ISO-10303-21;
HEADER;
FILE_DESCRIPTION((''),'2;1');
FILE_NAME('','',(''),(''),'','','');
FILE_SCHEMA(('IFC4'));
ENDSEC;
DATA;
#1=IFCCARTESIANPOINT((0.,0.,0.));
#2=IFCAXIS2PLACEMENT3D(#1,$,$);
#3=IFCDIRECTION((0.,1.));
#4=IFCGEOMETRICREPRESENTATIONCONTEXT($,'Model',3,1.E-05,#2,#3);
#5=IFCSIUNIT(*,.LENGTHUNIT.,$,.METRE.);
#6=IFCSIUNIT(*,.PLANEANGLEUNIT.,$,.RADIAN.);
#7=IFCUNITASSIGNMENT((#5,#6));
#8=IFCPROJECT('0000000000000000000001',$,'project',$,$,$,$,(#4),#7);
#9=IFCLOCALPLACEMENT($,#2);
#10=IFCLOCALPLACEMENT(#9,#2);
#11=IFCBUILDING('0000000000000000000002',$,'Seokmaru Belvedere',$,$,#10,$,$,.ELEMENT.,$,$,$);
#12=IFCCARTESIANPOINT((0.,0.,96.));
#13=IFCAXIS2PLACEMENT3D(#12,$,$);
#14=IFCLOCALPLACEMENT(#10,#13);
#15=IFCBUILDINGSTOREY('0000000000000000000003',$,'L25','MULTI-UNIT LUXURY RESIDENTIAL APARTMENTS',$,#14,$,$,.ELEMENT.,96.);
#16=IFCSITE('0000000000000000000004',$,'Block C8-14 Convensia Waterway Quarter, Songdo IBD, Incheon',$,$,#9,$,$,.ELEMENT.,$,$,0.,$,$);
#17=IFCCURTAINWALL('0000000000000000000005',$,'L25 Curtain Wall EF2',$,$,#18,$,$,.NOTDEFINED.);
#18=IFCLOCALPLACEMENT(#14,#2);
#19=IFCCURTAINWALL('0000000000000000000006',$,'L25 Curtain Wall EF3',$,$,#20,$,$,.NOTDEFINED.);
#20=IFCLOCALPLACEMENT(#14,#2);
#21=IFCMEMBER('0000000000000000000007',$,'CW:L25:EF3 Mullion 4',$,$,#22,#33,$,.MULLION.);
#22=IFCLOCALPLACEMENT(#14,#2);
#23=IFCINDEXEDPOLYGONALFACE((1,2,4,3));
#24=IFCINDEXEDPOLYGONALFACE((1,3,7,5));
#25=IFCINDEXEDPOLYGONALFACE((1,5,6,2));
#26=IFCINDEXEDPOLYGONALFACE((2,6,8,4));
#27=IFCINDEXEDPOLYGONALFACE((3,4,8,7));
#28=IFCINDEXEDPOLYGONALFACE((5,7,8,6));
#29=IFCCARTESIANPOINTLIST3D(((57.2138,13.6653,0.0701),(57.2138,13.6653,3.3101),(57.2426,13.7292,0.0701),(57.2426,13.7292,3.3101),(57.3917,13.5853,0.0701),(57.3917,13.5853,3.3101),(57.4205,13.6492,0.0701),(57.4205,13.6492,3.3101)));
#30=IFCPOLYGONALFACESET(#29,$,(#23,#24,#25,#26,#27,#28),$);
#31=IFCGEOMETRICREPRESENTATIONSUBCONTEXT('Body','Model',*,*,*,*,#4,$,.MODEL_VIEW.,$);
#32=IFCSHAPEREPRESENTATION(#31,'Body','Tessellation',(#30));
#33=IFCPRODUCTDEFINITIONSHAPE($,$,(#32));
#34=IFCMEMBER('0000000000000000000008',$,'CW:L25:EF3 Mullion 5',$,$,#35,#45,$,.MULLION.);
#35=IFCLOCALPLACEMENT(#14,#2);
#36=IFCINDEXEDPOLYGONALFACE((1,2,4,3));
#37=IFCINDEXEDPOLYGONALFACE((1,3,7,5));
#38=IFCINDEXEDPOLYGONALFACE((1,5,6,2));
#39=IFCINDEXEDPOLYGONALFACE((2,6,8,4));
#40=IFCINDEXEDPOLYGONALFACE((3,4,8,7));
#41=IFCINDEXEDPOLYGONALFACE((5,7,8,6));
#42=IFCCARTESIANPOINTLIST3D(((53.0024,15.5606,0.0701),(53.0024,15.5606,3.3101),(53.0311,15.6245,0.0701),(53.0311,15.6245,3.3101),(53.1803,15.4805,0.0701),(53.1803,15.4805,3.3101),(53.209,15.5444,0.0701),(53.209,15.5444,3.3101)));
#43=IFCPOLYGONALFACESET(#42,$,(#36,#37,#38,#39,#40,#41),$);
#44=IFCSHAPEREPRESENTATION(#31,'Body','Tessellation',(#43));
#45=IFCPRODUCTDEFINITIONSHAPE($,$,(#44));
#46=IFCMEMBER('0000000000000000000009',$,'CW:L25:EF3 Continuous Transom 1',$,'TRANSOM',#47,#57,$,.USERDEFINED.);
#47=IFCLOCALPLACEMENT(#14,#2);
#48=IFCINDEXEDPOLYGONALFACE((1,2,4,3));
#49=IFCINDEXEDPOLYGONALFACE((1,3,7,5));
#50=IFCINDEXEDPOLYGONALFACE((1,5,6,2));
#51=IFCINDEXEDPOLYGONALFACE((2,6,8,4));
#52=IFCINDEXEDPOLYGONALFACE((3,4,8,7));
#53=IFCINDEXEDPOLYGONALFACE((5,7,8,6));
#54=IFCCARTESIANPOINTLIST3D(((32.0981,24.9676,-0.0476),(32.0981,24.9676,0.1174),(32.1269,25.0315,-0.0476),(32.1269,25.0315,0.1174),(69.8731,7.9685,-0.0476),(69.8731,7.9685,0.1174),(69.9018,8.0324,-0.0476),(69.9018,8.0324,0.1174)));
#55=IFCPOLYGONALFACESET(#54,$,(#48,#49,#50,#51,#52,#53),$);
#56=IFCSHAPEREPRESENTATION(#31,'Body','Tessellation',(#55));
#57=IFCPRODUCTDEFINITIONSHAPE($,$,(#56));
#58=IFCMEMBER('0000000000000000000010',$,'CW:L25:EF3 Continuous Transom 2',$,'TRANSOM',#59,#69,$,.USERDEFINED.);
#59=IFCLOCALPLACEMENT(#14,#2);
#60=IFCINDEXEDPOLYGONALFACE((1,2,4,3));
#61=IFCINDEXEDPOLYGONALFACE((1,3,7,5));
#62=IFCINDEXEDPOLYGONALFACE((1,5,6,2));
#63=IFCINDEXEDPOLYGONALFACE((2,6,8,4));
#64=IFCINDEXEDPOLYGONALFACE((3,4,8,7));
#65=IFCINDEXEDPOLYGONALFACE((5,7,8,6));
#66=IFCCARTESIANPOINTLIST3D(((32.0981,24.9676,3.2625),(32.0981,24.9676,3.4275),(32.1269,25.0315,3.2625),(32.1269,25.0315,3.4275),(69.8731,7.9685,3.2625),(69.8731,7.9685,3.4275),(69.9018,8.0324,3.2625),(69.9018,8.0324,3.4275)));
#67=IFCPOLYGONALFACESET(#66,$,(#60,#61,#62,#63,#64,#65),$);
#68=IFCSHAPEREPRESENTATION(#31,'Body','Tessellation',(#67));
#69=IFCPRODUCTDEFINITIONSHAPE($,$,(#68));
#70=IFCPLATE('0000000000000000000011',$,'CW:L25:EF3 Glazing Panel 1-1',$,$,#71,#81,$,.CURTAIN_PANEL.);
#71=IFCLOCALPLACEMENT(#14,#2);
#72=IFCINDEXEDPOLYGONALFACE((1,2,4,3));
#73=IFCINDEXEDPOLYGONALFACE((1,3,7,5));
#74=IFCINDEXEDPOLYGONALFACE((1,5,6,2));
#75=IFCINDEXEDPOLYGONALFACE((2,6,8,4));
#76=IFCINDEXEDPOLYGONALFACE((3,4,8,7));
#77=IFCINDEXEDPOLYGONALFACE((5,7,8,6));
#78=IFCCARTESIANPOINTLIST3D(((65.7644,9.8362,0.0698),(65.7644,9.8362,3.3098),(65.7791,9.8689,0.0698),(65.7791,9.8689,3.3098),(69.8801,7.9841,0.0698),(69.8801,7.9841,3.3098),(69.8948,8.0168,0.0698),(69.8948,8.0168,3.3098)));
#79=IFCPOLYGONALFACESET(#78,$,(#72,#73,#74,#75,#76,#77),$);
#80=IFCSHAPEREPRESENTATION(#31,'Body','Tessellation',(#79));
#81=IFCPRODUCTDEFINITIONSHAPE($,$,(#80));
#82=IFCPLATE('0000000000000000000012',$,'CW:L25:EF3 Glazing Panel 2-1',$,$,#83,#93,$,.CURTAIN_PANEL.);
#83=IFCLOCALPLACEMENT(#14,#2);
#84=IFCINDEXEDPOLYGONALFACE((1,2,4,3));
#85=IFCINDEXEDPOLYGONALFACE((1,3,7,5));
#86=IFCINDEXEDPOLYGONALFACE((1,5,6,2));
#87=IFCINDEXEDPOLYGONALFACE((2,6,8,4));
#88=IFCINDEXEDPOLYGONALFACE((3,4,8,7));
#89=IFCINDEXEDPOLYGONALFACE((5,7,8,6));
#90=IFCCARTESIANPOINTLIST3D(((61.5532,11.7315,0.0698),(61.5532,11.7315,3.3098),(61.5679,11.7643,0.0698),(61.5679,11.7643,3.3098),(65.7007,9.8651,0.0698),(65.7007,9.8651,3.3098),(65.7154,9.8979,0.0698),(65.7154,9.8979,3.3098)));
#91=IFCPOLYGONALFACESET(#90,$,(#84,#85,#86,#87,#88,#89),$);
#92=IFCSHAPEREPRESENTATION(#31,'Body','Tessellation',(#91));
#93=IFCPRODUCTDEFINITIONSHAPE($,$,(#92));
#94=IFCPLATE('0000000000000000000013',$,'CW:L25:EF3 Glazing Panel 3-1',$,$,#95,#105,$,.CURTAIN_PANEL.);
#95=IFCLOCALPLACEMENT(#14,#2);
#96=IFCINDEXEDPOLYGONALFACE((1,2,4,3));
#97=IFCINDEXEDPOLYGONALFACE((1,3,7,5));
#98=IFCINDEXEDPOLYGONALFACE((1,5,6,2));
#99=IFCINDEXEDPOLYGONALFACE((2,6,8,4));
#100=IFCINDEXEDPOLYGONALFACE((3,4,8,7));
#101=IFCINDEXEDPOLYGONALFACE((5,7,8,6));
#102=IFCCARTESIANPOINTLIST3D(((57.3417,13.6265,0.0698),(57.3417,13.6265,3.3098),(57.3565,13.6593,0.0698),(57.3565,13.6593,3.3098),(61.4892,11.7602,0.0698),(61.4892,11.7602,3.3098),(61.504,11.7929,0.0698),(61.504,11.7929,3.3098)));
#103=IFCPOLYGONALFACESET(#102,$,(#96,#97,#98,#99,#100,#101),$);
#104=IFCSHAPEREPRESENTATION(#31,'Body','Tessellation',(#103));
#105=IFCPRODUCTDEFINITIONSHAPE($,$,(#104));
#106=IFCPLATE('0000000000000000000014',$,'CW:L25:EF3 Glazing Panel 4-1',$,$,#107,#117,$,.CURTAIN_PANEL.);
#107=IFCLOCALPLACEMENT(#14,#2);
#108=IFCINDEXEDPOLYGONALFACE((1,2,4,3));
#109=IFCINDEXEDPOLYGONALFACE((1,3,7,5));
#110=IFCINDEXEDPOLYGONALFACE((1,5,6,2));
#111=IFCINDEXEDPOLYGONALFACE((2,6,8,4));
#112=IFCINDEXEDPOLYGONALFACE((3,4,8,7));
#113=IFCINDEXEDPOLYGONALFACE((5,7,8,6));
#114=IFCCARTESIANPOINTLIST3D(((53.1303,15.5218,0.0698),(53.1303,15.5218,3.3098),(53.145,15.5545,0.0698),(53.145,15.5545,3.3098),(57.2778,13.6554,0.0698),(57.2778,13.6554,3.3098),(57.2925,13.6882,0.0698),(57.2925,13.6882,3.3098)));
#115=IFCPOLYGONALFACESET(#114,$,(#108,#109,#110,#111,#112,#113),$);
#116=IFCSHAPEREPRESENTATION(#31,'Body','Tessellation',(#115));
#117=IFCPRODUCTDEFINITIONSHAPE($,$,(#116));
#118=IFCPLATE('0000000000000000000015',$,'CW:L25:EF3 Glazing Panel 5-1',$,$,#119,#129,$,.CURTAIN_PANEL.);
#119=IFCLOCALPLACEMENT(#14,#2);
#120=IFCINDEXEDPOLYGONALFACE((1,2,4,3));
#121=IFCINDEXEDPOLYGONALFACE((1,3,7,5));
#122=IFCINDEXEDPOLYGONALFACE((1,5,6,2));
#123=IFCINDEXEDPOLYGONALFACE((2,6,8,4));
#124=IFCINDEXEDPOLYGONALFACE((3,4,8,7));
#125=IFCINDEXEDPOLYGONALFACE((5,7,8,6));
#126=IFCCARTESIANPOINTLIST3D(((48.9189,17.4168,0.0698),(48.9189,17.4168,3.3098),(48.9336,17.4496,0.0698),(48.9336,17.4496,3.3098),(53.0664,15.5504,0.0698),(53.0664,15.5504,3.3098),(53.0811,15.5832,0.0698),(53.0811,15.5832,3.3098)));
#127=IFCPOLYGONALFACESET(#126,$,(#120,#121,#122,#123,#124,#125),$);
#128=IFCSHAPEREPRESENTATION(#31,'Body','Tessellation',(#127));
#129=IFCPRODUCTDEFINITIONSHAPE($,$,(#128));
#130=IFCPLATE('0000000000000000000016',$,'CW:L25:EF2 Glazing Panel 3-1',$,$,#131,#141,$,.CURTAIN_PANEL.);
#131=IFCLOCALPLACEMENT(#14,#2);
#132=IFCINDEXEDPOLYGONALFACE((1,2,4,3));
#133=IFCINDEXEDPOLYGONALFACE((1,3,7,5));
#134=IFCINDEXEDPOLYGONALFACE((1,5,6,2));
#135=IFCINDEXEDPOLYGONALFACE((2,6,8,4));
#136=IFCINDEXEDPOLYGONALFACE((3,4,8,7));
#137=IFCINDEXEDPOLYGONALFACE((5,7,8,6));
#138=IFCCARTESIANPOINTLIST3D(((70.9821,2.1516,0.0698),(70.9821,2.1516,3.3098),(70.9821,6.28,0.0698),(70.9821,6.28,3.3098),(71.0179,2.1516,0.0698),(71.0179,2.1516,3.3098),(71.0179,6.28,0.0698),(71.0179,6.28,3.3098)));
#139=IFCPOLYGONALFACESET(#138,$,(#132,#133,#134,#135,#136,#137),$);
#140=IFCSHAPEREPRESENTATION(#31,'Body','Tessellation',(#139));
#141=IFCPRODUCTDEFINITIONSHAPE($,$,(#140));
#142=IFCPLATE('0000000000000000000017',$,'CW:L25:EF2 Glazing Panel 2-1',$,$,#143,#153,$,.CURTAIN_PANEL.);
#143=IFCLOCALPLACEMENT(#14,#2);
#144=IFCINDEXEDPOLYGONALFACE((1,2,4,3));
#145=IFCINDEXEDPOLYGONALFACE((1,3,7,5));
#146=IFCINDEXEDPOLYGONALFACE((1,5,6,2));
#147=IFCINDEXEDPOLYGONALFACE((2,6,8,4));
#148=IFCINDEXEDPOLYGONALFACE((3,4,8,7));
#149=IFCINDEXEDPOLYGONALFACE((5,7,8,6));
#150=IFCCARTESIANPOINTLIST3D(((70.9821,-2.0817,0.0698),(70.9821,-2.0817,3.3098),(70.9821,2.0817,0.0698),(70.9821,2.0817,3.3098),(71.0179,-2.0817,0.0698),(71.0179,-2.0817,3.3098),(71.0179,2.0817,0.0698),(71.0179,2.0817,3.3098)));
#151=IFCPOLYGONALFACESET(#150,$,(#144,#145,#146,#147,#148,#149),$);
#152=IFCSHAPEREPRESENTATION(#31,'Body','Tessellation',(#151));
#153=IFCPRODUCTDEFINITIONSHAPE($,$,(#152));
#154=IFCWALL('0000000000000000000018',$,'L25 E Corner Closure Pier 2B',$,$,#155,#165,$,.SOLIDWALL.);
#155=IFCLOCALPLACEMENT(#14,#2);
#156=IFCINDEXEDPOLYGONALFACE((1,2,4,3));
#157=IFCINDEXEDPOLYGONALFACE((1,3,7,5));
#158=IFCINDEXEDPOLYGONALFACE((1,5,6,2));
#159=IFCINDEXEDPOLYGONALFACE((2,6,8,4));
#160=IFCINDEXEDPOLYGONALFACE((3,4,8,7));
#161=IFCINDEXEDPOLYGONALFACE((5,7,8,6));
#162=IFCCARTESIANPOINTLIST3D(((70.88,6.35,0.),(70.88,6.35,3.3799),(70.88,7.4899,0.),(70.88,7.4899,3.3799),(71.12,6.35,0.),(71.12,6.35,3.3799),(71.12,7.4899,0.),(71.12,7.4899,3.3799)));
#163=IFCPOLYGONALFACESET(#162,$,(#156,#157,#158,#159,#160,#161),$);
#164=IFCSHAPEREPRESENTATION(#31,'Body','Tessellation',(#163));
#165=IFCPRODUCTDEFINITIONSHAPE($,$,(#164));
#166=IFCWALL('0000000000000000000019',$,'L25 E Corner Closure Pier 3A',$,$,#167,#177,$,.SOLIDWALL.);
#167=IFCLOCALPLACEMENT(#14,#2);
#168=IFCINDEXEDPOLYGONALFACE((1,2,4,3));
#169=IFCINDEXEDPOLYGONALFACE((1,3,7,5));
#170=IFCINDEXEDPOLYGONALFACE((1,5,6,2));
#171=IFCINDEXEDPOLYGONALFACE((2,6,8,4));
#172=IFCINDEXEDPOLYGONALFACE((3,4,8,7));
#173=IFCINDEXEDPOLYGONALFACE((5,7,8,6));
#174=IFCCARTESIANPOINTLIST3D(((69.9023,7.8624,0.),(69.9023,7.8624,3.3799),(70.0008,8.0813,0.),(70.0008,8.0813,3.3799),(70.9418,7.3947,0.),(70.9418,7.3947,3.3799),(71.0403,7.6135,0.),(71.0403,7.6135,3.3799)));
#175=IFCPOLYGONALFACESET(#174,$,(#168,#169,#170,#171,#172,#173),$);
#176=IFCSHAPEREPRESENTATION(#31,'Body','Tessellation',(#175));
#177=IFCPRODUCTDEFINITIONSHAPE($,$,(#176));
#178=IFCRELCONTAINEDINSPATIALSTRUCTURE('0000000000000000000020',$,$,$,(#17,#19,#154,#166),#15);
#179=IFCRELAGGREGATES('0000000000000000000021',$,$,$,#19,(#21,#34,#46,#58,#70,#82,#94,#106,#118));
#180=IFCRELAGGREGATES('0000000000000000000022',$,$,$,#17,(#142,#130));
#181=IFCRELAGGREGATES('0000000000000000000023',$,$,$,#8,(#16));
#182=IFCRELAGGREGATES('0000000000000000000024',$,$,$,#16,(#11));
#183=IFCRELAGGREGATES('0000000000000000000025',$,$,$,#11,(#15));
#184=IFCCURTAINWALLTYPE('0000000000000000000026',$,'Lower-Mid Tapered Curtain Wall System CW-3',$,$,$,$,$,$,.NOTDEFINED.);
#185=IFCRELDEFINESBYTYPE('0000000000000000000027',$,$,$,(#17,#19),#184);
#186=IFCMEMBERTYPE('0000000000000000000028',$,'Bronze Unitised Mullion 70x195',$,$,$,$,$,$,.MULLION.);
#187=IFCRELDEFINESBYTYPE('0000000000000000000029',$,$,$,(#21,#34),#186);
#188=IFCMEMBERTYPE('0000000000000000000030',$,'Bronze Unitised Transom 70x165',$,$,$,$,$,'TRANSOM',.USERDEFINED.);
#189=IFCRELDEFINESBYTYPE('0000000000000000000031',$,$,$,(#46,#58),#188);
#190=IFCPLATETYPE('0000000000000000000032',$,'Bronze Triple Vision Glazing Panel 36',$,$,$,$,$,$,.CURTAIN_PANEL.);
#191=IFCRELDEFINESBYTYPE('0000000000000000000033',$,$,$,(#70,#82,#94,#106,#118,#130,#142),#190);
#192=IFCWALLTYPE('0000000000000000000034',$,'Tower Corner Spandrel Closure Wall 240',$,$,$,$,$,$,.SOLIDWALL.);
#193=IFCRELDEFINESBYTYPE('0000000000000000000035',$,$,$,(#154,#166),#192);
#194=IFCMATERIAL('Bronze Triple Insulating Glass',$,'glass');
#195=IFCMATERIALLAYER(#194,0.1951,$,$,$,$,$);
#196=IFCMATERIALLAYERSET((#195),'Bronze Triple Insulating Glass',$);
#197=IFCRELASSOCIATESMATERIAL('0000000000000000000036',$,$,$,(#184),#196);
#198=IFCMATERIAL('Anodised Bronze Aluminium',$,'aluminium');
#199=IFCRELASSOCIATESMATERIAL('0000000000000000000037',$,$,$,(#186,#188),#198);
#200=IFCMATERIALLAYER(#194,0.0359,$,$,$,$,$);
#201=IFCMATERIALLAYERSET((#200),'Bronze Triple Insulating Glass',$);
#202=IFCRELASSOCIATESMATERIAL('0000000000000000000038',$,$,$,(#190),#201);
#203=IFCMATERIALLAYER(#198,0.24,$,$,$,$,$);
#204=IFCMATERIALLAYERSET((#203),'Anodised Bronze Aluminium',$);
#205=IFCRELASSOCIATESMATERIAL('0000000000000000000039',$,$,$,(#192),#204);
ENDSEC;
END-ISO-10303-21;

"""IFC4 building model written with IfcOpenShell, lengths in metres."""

from ifc_helpers import new_model, si_unit, direction, frame, frame_2d, origin, origin_2d, place, context, subcontext, project, spatial, rectangle, extrude, source, transform, mapped, material, layer, layer_set, material_profile, profile_set, type_object, type_shapes, element, aggregate, save


model = new_model("IFC4")

# Units and contexts
model_context = context("Model", 3, precision=1e-05, world=origin(), true_north=direction((0.0, 1.0)))
body_context = subcontext(model_context, "Body", "Model", "MODEL_VIEW")
ifc_project = project(units=[si_unit("LENGTHUNIT", "METRE"), si_unit("PLANEANGLEUNIT", "RADIAN")], contexts=[model_context])

# Site, building, storey
site_placement = place(None, origin())
site = spatial("IfcSite", under=ifc_project, at=site_placement, Name="Block C8-14 Convensia Waterway Quarter, Songdo IBD, Incheon", CompositionType="ELEMENT", RefElevation=0.0)
building_placement = place(site_placement, origin())
building = spatial("IfcBuilding", under=site, at=building_placement, Name="Seokmaru Belvedere", CompositionType="ELEMENT")
storey_placement = place(building_placement, frame((0.0, 0.0, 96.0)))
storey = spatial("IfcBuildingStorey", under=building, at=storey_placement, Name="L25", Description="MULTI-UNIT LUXURY RESIDENTIAL APARTMENTS", CompositionType="ELEMENT", Elevation=96.0)

# Curtain walls
ifc_material_1 = material(Name="Bronze Triple Insulating Glass", Category="glass")
ifc_layer_1 = layer(ifc_material_1, 0.1951)
ifc_layer_set_1 = layer_set([ifc_layer_1], Name="Bronze Triple Insulating Glass")
curtain_wall_type = type_object("IfcCurtainWallType", Name="Lower-Mid Tapered Curtain Wall System CW-3", PredefinedType="NOTDEFINED", material=ifc_layer_set_1)
curtain_wall_1_placement = place(storey_placement, origin())
curtain_wall_1 = element("IfcCurtainWall", 1, at=curtain_wall_1_placement, inside=storey, type_object=curtain_wall_type, Name="L25 Curtain Wall EF2", PredefinedType="NOTDEFINED")
ifc_material_2 = material(Name="Anodised Bronze Aluminium", Category="aluminium")
ifc_material_profile_1 = material_profile(ifc_material_2, rectangle(XDim=0.0701, YDim=0.1951, at=origin_2d()), Name="CW-M-70x195")
ifc_profile_set_1 = profile_set([ifc_material_profile_1], Name="Anodised Bronze Aluminium")
member_type_1 = type_object("IfcMemberType", Name="Bronze Unitised Mullion 70x195", PredefinedType="MULLION", material=ifc_profile_set_1)
curtain_wall_2_placement = place(storey_placement, origin())
curtain_wall_2 = element("IfcCurtainWall", 2, at=curtain_wall_2_placement, inside=storey, type_object=curtain_wall_type, Name="L25 Curtain Wall EF3", PredefinedType="NOTDEFINED")

# Members
shared_shape_1 = source(origin(), body_context, "Body", "SweptSolid", [
    extrude(rectangle(XDim=0.0701, YDim=0.1951, at=origin_2d()), origin(), (0.0, 0.0, 1.0), 3.24),
])
member_1_placement = place(storey_placement, frame((57.3171, 13.6572, 0.0701), z_axis=(0.0, 0.0, 1.0), x_axis=(-0.410366, -0.911921, 0.0)))
member_1 = element("IfcMember", 3, at=member_1_placement, type_object=member_type_1, Name="CW:L25:EF3 Mullion 4", PredefinedType="MULLION", context=body_context, shape_type="MappedRepresentation", body=[
    mapped(shared_shape_1, transform((0.0, 0.0, 0.0), scale=1.0)),
])
member_2_placement = place(storey_placement, frame((53.1057, 15.5525, 0.0701), z_axis=(0.0, 0.0, 1.0), x_axis=(-0.410366, -0.911921, 0.0)))
member_2 = element("IfcMember", 4, at=member_2_placement, type_object=member_type_1, Name="CW:L25:EF3 Mullion 5", PredefinedType="MULLION", context=body_context, shape_type="MappedRepresentation", body=[
    mapped(shared_shape_1, transform((0.0, 0.0, 0.0), scale=1.0)),
])
ifc_material_profile_2 = material_profile(ifc_material_2, rectangle(XDim=0.0701, YDim=0.165, at=origin_2d()), Name="CW-T-70x165")
ifc_profile_set_2 = profile_set([ifc_material_profile_2], Name="Anodised Bronze Aluminium")
member_type_2 = type_object("IfcMemberType", Name="Bronze Unitised Transom 70x165", ElementType="TRANSOM", PredefinedType="USERDEFINED", material=ifc_profile_set_2)
shared_shape_2 = source(origin(), body_context, "Body", "SweptSolid", [
    extrude(rectangle(XDim=0.0701, YDim=0.165, at=origin_2d()), origin(), (0.0, 0.0, 1.0), 41.4236),
])
type_shapes(member_type_2, [shared_shape_2])
member_3_placement = place(storey_placement, frame((69.8875, 8.0005, 0.0349), z_axis=(-0.911919, 0.410371, 0.0), x_axis=(-0.410371, -0.911919, 0.0)))
member_3 = element("IfcMember", 5, at=member_3_placement, type_object=member_type_2, Name="CW:L25:EF3 Continuous Transom 1", ObjectType="TRANSOM", PredefinedType="USERDEFINED", context=body_context, shape_type="MappedRepresentation", body=[
    mapped(shared_shape_2, transform((0.0, 0.0, 0.0), scale=1.0)),
])
member_4_placement = place(storey_placement, frame((69.8875, 8.0005, 3.345), z_axis=(-0.911919, 0.410371, 0.0), x_axis=(-0.410371, -0.911919, 0.0)))
member_4 = element("IfcMember", 6, at=member_4_placement, type_object=member_type_2, Name="CW:L25:EF3 Continuous Transom 2", ObjectType="TRANSOM", PredefinedType="USERDEFINED", context=body_context, shape_type="MappedRepresentation", body=[
    mapped(shared_shape_2, transform((0.0, 0.0, 0.0), scale=1.0)),
])

# Plates
ifc_layer_2 = layer(ifc_material_1, 0.0359)
ifc_layer_set_2 = layer_set([ifc_layer_2], Name="Bronze Triple Insulating Glass")
plate_type = type_object("IfcPlateType", Name="Bronze Triple Vision Glazing Panel 36", PredefinedType="CURTAIN_PANEL", material=ifc_layer_set_2)
shared_shape_3 = source(origin(), body_context, "Body", "SweptSolid", [
    extrude(rectangle(XDim=4.5132, YDim=0.0359, at=origin_2d()), origin(), (0.0, 0.0, 1.0), 3.24),
])
plate_1_placement = place(storey_placement, frame((67.8296, 8.9265, 0.0698), z_axis=(0.0, 0.0, 1.0), x_axis=(-0.911921, 0.410366, 0.0)))
plate_1 = element("IfcPlate", 7, at=plate_1_placement, type_object=plate_type, Name="CW:L25:EF3 Glazing Panel 1-1", PredefinedType="CURTAIN_PANEL", context=body_context, shape_type="MappedRepresentation", body=[
    mapped(shared_shape_3, transform((0.0, 0.0, 0.0), scale=1.0)),
])
shared_shape_4 = source(origin(), body_context, "Body", "SweptSolid", [
    extrude(rectangle(XDim=4.5481, YDim=0.0359, at=origin_2d()), origin(), (0.0, 0.0, 1.0), 3.24),
])
plate_2_placement = place(storey_placement, frame((63.6343, 10.8147, 0.0698), z_axis=(0.0, 0.0, 1.0), x_axis=(-0.911921, 0.410366, 0.0)))
plate_2 = element("IfcPlate", 8, at=plate_2_placement, type_object=plate_type, Name="CW:L25:EF3 Glazing Panel 2-1", PredefinedType="CURTAIN_PANEL", context=body_context, shape_type="MappedRepresentation", body=[
    mapped(shared_shape_4, transform((0.0, 0.0, 0.0), scale=1.0)),
])
plate_3_placement = place(storey_placement, frame((59.4229, 12.7097, 0.0698), z_axis=(0.0, 0.0, 1.0), x_axis=(-0.911921, 0.410366, 0.0)))
plate_3 = element("IfcPlate", 9, at=plate_3_placement, type_object=plate_type, Name="CW:L25:EF3 Glazing Panel 3-1", PredefinedType="CURTAIN_PANEL", context=body_context, shape_type="MappedRepresentation", body=[
    mapped(shared_shape_4, transform((0.0, 0.0, 0.0), scale=1.0)),
])
plate_4_placement = place(storey_placement, frame((55.2114, 14.605, 0.0698), z_axis=(0.0, 0.0, 1.0), x_axis=(-0.911921, 0.410366, 0.0)))
plate_4 = element("IfcPlate", 10, at=plate_4_placement, type_object=plate_type, Name="CW:L25:EF3 Glazing Panel 4-1", PredefinedType="CURTAIN_PANEL", context=body_context, shape_type="MappedRepresentation", body=[
    mapped(shared_shape_4, transform((0.0, 0.0, 0.0), scale=1.0)),
])
plate_5_placement = place(storey_placement, frame((51.0, 16.5, 0.0698), z_axis=(0.0, 0.0, 1.0), x_axis=(-0.911921, 0.410366, 0.0)))
plate_5 = element("IfcPlate", 11, at=plate_5_placement, type_object=plate_type, Name="CW:L25:EF3 Glazing Panel 5-1", PredefinedType="CURTAIN_PANEL", context=body_context, shape_type="MappedRepresentation", body=[
    mapped(shared_shape_4, transform((0.0, 0.0, 0.0), scale=1.0)),
])
aggregate(curtain_wall_2, [member_1, member_2, member_3, member_4, plate_1, plate_2, plate_3, plate_4, plate_5])
shared_shape_5 = source(origin(), body_context, "Body", "SweptSolid", [
    extrude(rectangle(XDim=4.1284, YDim=0.0359, at=origin_2d()), origin(), (0.0, 0.0, 1.0), 3.24),
])
plate_6_placement = place(storey_placement, frame((71.0, 4.2158, 0.0698), z_axis=(0.0, 0.0, 1.0), x_axis=(0.0, 1.0, 0.0)))
plate_6 = element("IfcPlate", 12, at=plate_6_placement, type_object=plate_type, Name="CW:L25:EF2 Glazing Panel 3-1", PredefinedType="CURTAIN_PANEL", context=body_context, shape_type="MappedRepresentation", body=[
    mapped(shared_shape_5, transform((0.0, 0.0, 0.0), scale=1.0)),
])
shared_shape_6 = source(origin(), body_context, "Body", "SweptSolid", [
    extrude(rectangle(XDim=4.1633, YDim=0.0359, at=origin_2d()), origin(), (0.0, 0.0, 1.0), 3.24),
])
type_shapes(plate_type, [shared_shape_3, shared_shape_4, shared_shape_5, shared_shape_6])
plate_7_placement = place(storey_placement, frame((71.0, 0.0, 0.0698), z_axis=(0.0, 0.0, 1.0), x_axis=(0.0, 1.0, 0.0)))
plate_7 = element("IfcPlate", 13, at=plate_7_placement, type_object=plate_type, Name="CW:L25:EF2 Glazing Panel 2-1", PredefinedType="CURTAIN_PANEL", context=body_context, shape_type="MappedRepresentation", body=[
    mapped(shared_shape_6, transform((0.0, 0.0, 0.0), scale=1.0)),
])
aggregate(curtain_wall_1, [plate_7, plate_6])

# Walls
ifc_layer_3 = layer(ifc_material_2, 0.24)
ifc_layer_set_3 = layer_set([ifc_layer_3], Name="Anodised Bronze Aluminium")
wall_type = type_object("IfcWallType", Name="Tower Corner Spandrel Closure Wall 240", PredefinedType="SOLIDWALL", material=ifc_layer_set_3)
for number, where, z_axis, x_axis, name in (
    (14, (71.0, 6.3501, 0.0), (0.0, 0.0, 1.0), (0.0, 1.0, 0.0), "L25 E Corner Closure Pier 2B"),
    (15, (70.991, 7.5042, 0.0), (0.0, 0.0, 1.0), (-0.91193, 0.410347, 0.0), "L25 E Corner Closure Pier 3A"),
):
    element("IfcWall", number, at=place(storey_placement, frame(where, z_axis=z_axis, x_axis=x_axis)), inside=storey, type_object=wall_type, Name=name, PredefinedType="SOLIDWALL", context=body_context, shape_type="SweptSolid", body=[
        extrude(rectangle(XDim=1.1399, YDim=0.24, at=frame_2d((0.5698, 0.0))), origin(), (0.0, 0.0, 1.0), 3.3799),
    ])

save(model, "model.ifc")
